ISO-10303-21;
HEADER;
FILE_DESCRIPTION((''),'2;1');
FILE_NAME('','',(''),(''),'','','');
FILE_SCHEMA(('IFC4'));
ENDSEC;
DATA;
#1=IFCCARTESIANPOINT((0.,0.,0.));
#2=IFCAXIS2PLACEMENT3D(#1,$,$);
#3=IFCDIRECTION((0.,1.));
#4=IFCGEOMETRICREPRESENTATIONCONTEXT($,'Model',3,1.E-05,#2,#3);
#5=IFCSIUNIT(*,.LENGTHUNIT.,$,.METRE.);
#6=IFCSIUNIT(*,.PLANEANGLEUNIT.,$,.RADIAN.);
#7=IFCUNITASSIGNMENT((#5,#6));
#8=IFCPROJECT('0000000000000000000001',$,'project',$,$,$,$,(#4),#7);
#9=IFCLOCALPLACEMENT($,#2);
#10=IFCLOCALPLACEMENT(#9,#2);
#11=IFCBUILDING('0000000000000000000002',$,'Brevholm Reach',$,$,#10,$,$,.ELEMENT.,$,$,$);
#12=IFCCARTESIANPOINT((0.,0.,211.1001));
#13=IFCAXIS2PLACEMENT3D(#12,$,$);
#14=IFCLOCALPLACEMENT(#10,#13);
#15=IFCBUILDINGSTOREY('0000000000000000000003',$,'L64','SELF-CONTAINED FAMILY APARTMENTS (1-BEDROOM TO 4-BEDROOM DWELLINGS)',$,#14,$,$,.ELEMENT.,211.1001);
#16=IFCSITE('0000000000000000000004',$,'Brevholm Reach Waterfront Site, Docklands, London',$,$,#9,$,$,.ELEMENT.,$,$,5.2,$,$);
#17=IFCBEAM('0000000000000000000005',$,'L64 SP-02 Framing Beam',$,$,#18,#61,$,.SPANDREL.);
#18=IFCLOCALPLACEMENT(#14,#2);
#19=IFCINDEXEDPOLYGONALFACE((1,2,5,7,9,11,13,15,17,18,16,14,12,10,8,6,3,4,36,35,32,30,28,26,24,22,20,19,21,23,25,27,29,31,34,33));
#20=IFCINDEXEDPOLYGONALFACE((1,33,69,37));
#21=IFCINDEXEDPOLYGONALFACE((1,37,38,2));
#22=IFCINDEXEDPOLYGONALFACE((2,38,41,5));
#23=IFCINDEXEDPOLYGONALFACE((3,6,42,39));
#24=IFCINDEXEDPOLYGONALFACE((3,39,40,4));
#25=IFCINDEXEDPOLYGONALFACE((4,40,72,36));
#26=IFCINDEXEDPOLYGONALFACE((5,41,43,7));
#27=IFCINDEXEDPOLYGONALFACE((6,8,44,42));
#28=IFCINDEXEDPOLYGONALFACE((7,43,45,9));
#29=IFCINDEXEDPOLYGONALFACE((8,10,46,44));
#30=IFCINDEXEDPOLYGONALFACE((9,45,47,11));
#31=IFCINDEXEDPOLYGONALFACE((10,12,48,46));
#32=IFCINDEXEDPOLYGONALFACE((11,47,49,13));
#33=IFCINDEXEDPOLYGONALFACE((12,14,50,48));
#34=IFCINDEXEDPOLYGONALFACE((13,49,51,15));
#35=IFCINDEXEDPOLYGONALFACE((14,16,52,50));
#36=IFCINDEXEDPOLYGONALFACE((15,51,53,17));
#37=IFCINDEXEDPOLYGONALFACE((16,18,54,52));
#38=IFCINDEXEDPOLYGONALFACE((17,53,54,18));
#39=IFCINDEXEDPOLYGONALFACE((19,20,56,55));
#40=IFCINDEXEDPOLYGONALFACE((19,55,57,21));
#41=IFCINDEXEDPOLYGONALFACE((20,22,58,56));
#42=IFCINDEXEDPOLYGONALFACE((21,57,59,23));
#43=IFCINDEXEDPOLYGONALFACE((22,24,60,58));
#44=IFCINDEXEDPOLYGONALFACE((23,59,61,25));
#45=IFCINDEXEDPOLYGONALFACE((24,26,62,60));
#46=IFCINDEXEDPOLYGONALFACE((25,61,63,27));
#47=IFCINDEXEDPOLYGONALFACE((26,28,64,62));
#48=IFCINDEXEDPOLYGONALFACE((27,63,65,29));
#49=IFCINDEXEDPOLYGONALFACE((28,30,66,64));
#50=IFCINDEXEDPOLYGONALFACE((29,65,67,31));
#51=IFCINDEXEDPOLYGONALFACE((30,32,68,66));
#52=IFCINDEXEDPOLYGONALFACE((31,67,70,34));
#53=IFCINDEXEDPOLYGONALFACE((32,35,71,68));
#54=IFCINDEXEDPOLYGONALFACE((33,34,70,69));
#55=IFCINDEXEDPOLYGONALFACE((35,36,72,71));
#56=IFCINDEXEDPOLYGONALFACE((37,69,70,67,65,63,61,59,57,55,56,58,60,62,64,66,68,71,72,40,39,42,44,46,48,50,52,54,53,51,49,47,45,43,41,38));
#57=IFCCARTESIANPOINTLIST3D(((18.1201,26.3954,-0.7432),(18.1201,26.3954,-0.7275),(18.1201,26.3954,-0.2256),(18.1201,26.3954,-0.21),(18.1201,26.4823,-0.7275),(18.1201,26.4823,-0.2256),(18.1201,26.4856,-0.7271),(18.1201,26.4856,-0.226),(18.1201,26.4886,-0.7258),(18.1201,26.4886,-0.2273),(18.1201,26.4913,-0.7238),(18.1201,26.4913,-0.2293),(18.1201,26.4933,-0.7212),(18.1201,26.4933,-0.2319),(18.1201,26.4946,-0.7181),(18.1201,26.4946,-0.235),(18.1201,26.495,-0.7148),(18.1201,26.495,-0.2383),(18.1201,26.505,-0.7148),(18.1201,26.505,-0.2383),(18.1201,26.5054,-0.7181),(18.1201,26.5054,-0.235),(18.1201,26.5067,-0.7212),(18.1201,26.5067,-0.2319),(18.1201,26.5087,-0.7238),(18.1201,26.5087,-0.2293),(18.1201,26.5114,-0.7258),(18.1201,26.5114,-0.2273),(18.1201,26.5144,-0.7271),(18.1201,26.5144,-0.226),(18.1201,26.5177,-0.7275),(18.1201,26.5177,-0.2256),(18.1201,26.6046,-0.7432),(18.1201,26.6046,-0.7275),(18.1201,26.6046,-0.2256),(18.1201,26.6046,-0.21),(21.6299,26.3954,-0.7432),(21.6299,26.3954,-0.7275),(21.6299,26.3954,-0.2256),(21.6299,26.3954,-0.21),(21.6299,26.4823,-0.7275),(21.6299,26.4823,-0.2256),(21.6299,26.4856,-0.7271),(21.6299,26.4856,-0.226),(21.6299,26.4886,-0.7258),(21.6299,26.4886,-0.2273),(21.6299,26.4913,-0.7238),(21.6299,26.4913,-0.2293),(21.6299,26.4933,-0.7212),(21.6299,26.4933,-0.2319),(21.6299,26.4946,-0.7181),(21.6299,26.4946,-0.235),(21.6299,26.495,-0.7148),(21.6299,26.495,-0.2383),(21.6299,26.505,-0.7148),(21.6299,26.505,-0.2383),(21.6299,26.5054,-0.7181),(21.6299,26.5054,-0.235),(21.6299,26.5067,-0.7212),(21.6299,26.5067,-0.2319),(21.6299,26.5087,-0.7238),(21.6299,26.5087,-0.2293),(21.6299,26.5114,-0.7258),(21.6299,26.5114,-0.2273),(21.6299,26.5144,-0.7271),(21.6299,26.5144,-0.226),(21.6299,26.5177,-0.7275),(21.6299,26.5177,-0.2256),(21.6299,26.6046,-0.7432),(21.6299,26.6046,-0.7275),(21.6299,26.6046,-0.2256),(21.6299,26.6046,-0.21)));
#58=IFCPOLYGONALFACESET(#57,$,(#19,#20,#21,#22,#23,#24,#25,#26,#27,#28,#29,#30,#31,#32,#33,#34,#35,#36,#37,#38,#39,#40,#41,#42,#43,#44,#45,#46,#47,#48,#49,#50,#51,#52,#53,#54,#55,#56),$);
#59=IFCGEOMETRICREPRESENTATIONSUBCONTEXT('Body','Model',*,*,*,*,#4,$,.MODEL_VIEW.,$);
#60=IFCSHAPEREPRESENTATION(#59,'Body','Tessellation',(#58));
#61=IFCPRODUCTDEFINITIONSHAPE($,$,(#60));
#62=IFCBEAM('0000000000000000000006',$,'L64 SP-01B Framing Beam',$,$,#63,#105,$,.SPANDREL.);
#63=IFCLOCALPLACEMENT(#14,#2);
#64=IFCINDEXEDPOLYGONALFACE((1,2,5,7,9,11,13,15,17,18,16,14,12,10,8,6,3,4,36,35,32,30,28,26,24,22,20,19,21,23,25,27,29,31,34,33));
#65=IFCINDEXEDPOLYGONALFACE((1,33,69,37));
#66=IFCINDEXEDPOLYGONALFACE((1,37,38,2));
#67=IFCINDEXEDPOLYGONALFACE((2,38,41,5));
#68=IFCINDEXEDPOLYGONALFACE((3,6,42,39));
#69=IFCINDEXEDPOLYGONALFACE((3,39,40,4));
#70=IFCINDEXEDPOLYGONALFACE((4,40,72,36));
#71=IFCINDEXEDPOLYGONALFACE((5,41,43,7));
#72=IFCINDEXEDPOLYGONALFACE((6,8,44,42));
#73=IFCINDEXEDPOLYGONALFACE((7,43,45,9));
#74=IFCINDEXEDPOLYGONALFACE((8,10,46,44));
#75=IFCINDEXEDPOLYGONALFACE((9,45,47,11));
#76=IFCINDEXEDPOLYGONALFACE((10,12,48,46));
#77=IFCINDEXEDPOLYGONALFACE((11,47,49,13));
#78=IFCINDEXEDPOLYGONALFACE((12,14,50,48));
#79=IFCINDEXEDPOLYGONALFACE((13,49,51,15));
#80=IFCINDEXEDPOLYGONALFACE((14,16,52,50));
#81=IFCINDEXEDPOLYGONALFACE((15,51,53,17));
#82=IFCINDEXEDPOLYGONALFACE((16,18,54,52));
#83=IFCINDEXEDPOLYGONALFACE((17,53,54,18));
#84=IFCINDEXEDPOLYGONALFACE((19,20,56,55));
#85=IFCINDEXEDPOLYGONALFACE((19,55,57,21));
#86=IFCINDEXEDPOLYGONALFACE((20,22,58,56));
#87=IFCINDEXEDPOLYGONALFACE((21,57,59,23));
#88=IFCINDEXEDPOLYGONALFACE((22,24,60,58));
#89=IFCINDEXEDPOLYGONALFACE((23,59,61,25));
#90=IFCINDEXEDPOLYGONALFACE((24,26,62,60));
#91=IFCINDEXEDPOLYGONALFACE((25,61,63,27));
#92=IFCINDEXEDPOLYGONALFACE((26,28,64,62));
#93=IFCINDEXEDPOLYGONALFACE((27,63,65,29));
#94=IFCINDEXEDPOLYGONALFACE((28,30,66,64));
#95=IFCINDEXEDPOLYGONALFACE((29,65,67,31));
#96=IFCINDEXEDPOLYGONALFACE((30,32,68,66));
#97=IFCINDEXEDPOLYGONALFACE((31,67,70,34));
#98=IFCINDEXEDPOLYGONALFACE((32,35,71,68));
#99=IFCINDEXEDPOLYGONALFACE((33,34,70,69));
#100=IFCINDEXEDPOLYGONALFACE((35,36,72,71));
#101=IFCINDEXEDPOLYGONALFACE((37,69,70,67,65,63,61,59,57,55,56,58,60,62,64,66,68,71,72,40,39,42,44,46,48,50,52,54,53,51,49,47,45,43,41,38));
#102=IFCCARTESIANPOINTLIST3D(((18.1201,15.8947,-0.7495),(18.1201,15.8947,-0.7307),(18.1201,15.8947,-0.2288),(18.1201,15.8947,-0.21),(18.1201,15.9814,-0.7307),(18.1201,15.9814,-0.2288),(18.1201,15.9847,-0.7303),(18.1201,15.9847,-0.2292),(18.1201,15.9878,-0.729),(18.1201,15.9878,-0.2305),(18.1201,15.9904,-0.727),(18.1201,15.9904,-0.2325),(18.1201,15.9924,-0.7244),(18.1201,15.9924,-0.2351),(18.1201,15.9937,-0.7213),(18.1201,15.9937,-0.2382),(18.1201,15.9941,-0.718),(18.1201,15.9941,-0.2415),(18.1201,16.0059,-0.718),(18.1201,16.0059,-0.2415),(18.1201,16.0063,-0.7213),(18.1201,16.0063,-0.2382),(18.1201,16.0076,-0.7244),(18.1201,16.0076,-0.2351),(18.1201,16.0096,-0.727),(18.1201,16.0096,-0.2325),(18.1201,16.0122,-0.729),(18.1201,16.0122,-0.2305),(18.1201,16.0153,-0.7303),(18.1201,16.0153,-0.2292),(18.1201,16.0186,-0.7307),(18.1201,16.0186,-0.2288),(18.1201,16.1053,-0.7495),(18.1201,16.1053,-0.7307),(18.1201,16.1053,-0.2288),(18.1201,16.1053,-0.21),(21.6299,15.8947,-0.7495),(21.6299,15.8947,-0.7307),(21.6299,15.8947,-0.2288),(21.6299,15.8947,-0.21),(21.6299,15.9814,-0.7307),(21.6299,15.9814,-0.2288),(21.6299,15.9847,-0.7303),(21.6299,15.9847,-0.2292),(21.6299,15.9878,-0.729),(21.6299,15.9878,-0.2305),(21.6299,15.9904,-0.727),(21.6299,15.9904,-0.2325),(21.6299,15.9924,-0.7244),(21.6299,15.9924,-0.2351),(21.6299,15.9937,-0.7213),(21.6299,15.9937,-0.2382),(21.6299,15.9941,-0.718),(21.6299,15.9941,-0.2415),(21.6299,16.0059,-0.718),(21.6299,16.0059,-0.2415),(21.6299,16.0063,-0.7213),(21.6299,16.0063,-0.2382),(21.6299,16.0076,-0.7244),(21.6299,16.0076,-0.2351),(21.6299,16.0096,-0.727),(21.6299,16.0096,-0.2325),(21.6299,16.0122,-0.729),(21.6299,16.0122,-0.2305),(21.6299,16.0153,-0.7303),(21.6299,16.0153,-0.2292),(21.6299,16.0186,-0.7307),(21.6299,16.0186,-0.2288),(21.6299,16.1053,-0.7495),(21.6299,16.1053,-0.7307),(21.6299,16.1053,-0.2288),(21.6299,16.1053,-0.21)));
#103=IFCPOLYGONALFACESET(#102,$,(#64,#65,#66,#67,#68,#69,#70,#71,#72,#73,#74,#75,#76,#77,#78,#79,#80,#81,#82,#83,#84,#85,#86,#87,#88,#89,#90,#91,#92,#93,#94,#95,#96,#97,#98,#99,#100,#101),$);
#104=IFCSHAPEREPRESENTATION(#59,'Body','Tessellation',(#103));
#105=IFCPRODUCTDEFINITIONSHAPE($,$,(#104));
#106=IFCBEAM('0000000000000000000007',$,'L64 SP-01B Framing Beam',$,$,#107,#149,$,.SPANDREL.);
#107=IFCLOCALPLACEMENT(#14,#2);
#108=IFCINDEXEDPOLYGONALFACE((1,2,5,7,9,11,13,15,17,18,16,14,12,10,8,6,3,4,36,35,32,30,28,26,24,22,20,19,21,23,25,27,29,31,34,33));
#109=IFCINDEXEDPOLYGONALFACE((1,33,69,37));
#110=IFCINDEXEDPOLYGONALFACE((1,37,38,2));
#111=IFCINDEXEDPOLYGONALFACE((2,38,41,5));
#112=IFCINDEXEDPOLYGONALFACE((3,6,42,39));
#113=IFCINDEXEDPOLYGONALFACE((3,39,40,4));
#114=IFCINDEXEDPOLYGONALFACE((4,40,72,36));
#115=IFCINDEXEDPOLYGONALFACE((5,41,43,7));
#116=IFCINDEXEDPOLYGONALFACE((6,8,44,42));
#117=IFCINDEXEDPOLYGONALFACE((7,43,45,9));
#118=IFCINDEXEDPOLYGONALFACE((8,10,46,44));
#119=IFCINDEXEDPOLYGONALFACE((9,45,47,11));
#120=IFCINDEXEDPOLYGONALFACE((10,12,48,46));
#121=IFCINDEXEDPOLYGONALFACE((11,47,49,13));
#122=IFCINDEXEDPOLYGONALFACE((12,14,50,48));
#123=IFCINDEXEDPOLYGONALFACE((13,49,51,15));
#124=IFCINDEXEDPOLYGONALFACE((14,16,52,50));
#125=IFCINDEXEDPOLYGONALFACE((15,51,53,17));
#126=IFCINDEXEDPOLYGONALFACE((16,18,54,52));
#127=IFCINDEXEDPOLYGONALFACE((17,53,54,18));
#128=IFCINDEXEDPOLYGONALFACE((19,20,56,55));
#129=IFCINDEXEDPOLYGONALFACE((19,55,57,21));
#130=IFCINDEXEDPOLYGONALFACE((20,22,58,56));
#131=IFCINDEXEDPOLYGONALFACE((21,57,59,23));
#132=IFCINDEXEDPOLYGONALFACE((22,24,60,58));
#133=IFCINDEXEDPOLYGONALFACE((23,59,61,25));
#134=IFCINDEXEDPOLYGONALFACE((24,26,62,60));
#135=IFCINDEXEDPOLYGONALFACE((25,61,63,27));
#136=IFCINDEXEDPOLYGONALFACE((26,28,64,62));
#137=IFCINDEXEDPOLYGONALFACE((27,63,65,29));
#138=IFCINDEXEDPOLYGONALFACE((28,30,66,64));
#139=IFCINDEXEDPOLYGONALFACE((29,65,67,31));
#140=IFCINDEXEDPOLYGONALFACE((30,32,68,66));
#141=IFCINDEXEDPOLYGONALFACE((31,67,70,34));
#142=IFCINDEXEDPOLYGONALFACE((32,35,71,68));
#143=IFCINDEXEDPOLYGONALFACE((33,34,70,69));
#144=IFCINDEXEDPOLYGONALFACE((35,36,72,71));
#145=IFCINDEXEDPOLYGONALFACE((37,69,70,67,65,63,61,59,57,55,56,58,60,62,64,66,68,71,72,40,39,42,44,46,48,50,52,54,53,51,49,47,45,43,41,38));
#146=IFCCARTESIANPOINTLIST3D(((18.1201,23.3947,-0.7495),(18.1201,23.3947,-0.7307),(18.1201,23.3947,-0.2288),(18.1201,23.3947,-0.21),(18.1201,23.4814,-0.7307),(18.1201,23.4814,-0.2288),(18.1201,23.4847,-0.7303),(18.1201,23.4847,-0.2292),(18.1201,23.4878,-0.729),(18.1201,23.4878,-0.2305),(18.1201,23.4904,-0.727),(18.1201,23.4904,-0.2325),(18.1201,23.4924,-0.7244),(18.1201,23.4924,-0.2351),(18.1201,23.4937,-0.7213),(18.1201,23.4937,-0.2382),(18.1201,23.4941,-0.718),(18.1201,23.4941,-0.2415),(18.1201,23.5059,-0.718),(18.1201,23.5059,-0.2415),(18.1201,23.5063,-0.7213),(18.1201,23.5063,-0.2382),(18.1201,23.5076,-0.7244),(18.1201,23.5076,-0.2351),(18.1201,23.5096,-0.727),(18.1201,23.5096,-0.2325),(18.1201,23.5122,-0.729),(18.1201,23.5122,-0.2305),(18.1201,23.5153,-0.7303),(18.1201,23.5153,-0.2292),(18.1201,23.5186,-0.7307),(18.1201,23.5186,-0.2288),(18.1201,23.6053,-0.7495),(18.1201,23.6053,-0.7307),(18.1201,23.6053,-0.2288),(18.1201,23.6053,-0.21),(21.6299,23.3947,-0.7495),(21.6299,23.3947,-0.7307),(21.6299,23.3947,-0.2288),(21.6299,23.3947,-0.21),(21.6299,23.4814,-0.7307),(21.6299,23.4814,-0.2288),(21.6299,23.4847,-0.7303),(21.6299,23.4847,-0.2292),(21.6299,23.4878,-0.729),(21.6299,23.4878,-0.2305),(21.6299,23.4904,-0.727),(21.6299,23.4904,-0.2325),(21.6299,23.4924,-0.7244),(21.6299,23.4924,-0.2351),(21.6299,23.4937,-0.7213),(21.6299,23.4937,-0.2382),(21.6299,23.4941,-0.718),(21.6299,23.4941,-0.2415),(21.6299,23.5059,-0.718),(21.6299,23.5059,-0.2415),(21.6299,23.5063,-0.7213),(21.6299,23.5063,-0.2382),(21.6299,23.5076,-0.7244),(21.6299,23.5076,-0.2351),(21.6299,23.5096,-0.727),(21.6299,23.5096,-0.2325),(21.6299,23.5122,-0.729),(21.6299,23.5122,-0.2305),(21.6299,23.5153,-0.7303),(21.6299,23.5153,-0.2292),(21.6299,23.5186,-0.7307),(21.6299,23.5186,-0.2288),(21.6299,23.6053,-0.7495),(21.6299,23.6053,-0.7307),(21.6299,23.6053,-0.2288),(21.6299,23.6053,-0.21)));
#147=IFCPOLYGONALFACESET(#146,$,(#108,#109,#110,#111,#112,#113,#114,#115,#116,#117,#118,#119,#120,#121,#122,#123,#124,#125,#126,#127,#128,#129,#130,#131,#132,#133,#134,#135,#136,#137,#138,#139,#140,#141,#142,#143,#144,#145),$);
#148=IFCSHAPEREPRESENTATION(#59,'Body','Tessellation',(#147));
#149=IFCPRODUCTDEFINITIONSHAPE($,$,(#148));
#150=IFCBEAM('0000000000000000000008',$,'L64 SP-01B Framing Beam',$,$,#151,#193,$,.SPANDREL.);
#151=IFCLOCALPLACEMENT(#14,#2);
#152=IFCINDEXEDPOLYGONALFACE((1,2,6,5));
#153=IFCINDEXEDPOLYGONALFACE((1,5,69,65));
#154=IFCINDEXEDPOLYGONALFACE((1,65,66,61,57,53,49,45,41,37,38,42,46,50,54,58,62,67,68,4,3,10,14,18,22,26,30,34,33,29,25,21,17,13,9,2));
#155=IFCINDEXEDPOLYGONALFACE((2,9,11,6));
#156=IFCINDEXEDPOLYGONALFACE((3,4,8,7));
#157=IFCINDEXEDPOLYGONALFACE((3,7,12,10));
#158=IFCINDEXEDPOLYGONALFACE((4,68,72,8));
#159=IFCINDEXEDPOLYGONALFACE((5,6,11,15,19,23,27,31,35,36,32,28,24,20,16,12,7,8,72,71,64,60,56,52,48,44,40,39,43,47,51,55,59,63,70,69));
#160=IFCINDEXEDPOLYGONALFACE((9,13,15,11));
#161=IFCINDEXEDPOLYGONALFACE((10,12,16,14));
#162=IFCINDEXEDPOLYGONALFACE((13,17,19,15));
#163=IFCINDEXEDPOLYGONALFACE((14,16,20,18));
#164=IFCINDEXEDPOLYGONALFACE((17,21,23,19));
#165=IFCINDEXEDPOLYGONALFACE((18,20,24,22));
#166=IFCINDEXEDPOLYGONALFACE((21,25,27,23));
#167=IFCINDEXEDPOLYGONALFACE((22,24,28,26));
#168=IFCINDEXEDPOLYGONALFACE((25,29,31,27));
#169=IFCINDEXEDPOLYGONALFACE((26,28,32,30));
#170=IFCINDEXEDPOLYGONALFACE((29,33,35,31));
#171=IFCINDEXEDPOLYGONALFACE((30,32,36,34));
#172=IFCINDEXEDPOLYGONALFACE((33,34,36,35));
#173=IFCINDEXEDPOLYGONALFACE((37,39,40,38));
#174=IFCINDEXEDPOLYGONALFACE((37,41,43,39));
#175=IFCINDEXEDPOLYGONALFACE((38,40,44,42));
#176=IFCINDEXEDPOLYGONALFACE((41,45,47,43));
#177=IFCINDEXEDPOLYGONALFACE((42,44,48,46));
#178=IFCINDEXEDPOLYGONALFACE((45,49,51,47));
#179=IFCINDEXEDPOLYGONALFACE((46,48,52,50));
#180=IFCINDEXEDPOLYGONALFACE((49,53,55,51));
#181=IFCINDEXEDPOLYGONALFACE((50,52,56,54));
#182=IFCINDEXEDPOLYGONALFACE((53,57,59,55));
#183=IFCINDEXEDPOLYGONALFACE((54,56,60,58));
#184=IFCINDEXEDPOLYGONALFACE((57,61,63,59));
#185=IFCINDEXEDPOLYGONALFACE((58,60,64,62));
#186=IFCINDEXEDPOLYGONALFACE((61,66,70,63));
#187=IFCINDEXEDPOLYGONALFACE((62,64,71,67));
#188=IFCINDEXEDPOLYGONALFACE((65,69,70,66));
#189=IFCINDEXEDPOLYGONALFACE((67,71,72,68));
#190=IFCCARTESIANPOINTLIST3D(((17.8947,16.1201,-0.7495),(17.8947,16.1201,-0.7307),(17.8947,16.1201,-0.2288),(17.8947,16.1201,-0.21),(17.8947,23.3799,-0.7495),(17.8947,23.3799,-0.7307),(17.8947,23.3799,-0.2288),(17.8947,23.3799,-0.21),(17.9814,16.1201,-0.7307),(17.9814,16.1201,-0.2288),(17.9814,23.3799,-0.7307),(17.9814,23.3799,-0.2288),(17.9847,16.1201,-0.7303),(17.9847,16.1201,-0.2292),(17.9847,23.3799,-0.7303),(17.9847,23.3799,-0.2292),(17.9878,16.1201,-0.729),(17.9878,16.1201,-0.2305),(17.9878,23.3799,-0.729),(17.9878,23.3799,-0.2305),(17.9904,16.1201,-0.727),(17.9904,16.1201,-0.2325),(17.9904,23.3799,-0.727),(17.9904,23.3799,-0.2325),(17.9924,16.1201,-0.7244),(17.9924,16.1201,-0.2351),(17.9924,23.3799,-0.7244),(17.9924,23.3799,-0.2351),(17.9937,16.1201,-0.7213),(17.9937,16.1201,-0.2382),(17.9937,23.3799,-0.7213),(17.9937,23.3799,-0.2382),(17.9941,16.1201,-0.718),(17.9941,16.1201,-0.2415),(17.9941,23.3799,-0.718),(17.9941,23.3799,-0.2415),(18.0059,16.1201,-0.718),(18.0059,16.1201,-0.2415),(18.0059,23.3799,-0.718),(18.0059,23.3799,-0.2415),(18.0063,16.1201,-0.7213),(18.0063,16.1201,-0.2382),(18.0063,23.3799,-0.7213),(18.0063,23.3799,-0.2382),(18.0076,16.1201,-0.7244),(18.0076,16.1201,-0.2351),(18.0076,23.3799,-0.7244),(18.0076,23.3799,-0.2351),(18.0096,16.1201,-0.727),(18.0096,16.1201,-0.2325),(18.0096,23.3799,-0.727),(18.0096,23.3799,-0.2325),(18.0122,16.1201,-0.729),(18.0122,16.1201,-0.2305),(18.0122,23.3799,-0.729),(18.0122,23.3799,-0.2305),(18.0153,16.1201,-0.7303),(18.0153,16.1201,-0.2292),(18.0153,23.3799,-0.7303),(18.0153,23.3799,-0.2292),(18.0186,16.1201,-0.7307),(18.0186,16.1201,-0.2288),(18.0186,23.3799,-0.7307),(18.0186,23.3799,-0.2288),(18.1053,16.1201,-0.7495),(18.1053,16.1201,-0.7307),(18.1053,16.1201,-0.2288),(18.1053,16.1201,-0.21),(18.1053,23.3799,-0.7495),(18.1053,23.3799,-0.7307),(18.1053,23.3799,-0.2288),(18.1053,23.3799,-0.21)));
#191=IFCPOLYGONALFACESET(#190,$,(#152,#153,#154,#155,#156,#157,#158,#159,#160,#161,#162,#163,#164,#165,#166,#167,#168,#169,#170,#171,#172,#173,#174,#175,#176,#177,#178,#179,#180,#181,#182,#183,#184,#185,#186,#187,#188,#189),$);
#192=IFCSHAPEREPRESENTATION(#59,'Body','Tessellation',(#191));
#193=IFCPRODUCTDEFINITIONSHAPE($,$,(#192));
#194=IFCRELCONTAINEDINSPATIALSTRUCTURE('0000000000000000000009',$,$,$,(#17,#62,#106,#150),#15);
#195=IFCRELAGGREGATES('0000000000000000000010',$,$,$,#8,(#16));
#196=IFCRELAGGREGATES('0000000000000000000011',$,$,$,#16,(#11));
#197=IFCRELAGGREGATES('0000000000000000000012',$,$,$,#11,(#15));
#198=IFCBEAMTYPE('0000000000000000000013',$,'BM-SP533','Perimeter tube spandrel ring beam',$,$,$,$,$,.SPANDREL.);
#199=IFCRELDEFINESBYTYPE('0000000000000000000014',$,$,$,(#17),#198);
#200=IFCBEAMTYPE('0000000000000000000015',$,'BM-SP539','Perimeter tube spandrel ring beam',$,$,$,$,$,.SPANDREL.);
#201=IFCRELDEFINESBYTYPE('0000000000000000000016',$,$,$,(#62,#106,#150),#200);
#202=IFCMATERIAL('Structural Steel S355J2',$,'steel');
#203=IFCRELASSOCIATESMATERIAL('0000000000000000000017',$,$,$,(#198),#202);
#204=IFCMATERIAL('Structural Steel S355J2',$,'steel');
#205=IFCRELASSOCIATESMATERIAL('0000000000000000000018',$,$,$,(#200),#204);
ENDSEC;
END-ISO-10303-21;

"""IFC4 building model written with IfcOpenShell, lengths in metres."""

from ifc_helpers import new_model, si_unit, direction, frame, origin, origin_2d, place, context, subcontext, project, spatial, i_section, extrude, material, material_profile, profile_set, type_object, element, save


model = new_model("IFC4")

# Units and contexts
model_context = context("Model", 3, precision=1e-05, world=origin(), true_north=direction((0.0, 1.0)))
body_context = subcontext(model_context, "Body", "Model", "MODEL_VIEW")
ifc_project = project(units=[si_unit("LENGTHUNIT", "METRE"), si_unit("PLANEANGLEUNIT", "RADIAN")], contexts=[model_context])

# Site, building, storey
site_placement = place(None, origin())
site = spatial("IfcSite", under=ifc_project, at=site_placement, Name="Brevholm Reach Waterfront Site, Docklands, London", CompositionType="ELEMENT", RefElevation=5.2)
building_placement = place(site_placement, origin())
building = spatial("IfcBuilding", under=site, at=building_placement, Name="Brevholm Reach", CompositionType="ELEMENT")
storey_placement = place(building_placement, frame((0.0, 0.0, 211.1001)))
storey = spatial("IfcBuildingStorey", under=building, at=storey_placement, Name="L64", Description="SELF-CONTAINED FAMILY APARTMENTS (1-BEDROOM TO 4-BEDROOM DWELLINGS)", CompositionType="ELEMENT", Elevation=211.1001)

# Beams
ifc_material_1 = material(Name="Structural Steel S355J2", Category="steel")
ifc_material_profile_1 = material_profile(ifc_material_1, i_section(OverallWidth=0.2092, OverallDepth=0.5332, WebThickness=0.01, FlangeThickness=0.0156, FilletRadius=0.0127, at=origin_2d()), Name="UKB 533x210x92")
ifc_profile_set_1 = profile_set([ifc_material_profile_1], Name="Structural Steel S355J2")
beam_type_1 = type_object("IfcBeamType", Name="BM-SP533", Description="Perimeter tube spandrel ring beam", PredefinedType="SPANDREL", material=ifc_profile_set_1)
beam_1_placement = place(storey_placement, frame((18.1201, 26.5, -0.4766), z_axis=(1.0, 0.0, 0.0), x_axis=(0.0, 1.0, 0.0)))
element("IfcBeam", 1, at=beam_1_placement, inside=storey, type_object=beam_type_1, Name="L64 SP-02 Framing Beam", PredefinedType="SPANDREL", context=body_context, shape_type="SweptSolid", body=[
    extrude(i_section(OverallWidth=0.2092, OverallDepth=0.5332, WebThickness=0.01, FlangeThickness=0.0156, FilletRadius=0.0127, at=origin_2d()), origin(), (0.0, 0.0, 1.0), 3.5098),
])
ifc_material_2 = material(Name="Structural Steel S355J2", Category="steel")
ifc_material_profile_2 = material_profile(ifc_material_2, i_section(OverallWidth=0.2107, OverallDepth=0.5396, WebThickness=0.0117, FlangeThickness=0.0188, FilletRadius=0.0127, at=origin_2d()), Name="UKB 533x210x109")
ifc_profile_set_2 = profile_set([ifc_material_profile_2], Name="Structural Steel S355J2")
beam_type_2 = type_object("IfcBeamType", Name="BM-SP539", Description="Perimeter tube spandrel ring beam", PredefinedType="SPANDREL", material=ifc_profile_set_2)
for number, where, z_axis, x_axis, name in (
    (2, (18.1201, 16.0, -0.4797), (1.0, 0.0, 0.0), (0.0, 1.0, 0.0), "L64 SP-01B Framing Beam"),
    (3, (18.1201, 23.5, -0.4797), (1.0, 0.0, 0.0), (0.0, 1.0, 0.0), "L64 SP-01B Framing Beam"),
):
    element("IfcBeam", number, at=place(storey_placement, frame(where, z_axis=z_axis, x_axis=x_axis)), inside=storey, type_object=beam_type_2, Name=name, PredefinedType="SPANDREL", context=body_context, shape_type="SweptSolid", body=[
        extrude(i_section(OverallWidth=0.2107, OverallDepth=0.5396, WebThickness=0.0117, FlangeThickness=0.0188, FilletRadius=0.0127, at=origin_2d()), origin(), (0.0, 0.0, 1.0), 3.5098),
    ])
beam_2_placement = place(storey_placement, frame((18.0, 16.1201, -0.4797), z_axis=(0.0, 1.0, 0.0), x_axis=(-1.0, 0.0, 0.0)))
element("IfcBeam", 4, at=beam_2_placement, inside=storey, type_object=beam_type_2, Name="L64 SP-01B Framing Beam", PredefinedType="SPANDREL", context=body_context, shape_type="SweptSolid", body=[
    extrude(i_section(OverallWidth=0.2107, OverallDepth=0.5396, WebThickness=0.0117, FlangeThickness=0.0188, FilletRadius=0.0127, at=origin_2d()), origin(), (0.0, 0.0, 1.0), 7.2598),
])

save(model, "model.ifc")
